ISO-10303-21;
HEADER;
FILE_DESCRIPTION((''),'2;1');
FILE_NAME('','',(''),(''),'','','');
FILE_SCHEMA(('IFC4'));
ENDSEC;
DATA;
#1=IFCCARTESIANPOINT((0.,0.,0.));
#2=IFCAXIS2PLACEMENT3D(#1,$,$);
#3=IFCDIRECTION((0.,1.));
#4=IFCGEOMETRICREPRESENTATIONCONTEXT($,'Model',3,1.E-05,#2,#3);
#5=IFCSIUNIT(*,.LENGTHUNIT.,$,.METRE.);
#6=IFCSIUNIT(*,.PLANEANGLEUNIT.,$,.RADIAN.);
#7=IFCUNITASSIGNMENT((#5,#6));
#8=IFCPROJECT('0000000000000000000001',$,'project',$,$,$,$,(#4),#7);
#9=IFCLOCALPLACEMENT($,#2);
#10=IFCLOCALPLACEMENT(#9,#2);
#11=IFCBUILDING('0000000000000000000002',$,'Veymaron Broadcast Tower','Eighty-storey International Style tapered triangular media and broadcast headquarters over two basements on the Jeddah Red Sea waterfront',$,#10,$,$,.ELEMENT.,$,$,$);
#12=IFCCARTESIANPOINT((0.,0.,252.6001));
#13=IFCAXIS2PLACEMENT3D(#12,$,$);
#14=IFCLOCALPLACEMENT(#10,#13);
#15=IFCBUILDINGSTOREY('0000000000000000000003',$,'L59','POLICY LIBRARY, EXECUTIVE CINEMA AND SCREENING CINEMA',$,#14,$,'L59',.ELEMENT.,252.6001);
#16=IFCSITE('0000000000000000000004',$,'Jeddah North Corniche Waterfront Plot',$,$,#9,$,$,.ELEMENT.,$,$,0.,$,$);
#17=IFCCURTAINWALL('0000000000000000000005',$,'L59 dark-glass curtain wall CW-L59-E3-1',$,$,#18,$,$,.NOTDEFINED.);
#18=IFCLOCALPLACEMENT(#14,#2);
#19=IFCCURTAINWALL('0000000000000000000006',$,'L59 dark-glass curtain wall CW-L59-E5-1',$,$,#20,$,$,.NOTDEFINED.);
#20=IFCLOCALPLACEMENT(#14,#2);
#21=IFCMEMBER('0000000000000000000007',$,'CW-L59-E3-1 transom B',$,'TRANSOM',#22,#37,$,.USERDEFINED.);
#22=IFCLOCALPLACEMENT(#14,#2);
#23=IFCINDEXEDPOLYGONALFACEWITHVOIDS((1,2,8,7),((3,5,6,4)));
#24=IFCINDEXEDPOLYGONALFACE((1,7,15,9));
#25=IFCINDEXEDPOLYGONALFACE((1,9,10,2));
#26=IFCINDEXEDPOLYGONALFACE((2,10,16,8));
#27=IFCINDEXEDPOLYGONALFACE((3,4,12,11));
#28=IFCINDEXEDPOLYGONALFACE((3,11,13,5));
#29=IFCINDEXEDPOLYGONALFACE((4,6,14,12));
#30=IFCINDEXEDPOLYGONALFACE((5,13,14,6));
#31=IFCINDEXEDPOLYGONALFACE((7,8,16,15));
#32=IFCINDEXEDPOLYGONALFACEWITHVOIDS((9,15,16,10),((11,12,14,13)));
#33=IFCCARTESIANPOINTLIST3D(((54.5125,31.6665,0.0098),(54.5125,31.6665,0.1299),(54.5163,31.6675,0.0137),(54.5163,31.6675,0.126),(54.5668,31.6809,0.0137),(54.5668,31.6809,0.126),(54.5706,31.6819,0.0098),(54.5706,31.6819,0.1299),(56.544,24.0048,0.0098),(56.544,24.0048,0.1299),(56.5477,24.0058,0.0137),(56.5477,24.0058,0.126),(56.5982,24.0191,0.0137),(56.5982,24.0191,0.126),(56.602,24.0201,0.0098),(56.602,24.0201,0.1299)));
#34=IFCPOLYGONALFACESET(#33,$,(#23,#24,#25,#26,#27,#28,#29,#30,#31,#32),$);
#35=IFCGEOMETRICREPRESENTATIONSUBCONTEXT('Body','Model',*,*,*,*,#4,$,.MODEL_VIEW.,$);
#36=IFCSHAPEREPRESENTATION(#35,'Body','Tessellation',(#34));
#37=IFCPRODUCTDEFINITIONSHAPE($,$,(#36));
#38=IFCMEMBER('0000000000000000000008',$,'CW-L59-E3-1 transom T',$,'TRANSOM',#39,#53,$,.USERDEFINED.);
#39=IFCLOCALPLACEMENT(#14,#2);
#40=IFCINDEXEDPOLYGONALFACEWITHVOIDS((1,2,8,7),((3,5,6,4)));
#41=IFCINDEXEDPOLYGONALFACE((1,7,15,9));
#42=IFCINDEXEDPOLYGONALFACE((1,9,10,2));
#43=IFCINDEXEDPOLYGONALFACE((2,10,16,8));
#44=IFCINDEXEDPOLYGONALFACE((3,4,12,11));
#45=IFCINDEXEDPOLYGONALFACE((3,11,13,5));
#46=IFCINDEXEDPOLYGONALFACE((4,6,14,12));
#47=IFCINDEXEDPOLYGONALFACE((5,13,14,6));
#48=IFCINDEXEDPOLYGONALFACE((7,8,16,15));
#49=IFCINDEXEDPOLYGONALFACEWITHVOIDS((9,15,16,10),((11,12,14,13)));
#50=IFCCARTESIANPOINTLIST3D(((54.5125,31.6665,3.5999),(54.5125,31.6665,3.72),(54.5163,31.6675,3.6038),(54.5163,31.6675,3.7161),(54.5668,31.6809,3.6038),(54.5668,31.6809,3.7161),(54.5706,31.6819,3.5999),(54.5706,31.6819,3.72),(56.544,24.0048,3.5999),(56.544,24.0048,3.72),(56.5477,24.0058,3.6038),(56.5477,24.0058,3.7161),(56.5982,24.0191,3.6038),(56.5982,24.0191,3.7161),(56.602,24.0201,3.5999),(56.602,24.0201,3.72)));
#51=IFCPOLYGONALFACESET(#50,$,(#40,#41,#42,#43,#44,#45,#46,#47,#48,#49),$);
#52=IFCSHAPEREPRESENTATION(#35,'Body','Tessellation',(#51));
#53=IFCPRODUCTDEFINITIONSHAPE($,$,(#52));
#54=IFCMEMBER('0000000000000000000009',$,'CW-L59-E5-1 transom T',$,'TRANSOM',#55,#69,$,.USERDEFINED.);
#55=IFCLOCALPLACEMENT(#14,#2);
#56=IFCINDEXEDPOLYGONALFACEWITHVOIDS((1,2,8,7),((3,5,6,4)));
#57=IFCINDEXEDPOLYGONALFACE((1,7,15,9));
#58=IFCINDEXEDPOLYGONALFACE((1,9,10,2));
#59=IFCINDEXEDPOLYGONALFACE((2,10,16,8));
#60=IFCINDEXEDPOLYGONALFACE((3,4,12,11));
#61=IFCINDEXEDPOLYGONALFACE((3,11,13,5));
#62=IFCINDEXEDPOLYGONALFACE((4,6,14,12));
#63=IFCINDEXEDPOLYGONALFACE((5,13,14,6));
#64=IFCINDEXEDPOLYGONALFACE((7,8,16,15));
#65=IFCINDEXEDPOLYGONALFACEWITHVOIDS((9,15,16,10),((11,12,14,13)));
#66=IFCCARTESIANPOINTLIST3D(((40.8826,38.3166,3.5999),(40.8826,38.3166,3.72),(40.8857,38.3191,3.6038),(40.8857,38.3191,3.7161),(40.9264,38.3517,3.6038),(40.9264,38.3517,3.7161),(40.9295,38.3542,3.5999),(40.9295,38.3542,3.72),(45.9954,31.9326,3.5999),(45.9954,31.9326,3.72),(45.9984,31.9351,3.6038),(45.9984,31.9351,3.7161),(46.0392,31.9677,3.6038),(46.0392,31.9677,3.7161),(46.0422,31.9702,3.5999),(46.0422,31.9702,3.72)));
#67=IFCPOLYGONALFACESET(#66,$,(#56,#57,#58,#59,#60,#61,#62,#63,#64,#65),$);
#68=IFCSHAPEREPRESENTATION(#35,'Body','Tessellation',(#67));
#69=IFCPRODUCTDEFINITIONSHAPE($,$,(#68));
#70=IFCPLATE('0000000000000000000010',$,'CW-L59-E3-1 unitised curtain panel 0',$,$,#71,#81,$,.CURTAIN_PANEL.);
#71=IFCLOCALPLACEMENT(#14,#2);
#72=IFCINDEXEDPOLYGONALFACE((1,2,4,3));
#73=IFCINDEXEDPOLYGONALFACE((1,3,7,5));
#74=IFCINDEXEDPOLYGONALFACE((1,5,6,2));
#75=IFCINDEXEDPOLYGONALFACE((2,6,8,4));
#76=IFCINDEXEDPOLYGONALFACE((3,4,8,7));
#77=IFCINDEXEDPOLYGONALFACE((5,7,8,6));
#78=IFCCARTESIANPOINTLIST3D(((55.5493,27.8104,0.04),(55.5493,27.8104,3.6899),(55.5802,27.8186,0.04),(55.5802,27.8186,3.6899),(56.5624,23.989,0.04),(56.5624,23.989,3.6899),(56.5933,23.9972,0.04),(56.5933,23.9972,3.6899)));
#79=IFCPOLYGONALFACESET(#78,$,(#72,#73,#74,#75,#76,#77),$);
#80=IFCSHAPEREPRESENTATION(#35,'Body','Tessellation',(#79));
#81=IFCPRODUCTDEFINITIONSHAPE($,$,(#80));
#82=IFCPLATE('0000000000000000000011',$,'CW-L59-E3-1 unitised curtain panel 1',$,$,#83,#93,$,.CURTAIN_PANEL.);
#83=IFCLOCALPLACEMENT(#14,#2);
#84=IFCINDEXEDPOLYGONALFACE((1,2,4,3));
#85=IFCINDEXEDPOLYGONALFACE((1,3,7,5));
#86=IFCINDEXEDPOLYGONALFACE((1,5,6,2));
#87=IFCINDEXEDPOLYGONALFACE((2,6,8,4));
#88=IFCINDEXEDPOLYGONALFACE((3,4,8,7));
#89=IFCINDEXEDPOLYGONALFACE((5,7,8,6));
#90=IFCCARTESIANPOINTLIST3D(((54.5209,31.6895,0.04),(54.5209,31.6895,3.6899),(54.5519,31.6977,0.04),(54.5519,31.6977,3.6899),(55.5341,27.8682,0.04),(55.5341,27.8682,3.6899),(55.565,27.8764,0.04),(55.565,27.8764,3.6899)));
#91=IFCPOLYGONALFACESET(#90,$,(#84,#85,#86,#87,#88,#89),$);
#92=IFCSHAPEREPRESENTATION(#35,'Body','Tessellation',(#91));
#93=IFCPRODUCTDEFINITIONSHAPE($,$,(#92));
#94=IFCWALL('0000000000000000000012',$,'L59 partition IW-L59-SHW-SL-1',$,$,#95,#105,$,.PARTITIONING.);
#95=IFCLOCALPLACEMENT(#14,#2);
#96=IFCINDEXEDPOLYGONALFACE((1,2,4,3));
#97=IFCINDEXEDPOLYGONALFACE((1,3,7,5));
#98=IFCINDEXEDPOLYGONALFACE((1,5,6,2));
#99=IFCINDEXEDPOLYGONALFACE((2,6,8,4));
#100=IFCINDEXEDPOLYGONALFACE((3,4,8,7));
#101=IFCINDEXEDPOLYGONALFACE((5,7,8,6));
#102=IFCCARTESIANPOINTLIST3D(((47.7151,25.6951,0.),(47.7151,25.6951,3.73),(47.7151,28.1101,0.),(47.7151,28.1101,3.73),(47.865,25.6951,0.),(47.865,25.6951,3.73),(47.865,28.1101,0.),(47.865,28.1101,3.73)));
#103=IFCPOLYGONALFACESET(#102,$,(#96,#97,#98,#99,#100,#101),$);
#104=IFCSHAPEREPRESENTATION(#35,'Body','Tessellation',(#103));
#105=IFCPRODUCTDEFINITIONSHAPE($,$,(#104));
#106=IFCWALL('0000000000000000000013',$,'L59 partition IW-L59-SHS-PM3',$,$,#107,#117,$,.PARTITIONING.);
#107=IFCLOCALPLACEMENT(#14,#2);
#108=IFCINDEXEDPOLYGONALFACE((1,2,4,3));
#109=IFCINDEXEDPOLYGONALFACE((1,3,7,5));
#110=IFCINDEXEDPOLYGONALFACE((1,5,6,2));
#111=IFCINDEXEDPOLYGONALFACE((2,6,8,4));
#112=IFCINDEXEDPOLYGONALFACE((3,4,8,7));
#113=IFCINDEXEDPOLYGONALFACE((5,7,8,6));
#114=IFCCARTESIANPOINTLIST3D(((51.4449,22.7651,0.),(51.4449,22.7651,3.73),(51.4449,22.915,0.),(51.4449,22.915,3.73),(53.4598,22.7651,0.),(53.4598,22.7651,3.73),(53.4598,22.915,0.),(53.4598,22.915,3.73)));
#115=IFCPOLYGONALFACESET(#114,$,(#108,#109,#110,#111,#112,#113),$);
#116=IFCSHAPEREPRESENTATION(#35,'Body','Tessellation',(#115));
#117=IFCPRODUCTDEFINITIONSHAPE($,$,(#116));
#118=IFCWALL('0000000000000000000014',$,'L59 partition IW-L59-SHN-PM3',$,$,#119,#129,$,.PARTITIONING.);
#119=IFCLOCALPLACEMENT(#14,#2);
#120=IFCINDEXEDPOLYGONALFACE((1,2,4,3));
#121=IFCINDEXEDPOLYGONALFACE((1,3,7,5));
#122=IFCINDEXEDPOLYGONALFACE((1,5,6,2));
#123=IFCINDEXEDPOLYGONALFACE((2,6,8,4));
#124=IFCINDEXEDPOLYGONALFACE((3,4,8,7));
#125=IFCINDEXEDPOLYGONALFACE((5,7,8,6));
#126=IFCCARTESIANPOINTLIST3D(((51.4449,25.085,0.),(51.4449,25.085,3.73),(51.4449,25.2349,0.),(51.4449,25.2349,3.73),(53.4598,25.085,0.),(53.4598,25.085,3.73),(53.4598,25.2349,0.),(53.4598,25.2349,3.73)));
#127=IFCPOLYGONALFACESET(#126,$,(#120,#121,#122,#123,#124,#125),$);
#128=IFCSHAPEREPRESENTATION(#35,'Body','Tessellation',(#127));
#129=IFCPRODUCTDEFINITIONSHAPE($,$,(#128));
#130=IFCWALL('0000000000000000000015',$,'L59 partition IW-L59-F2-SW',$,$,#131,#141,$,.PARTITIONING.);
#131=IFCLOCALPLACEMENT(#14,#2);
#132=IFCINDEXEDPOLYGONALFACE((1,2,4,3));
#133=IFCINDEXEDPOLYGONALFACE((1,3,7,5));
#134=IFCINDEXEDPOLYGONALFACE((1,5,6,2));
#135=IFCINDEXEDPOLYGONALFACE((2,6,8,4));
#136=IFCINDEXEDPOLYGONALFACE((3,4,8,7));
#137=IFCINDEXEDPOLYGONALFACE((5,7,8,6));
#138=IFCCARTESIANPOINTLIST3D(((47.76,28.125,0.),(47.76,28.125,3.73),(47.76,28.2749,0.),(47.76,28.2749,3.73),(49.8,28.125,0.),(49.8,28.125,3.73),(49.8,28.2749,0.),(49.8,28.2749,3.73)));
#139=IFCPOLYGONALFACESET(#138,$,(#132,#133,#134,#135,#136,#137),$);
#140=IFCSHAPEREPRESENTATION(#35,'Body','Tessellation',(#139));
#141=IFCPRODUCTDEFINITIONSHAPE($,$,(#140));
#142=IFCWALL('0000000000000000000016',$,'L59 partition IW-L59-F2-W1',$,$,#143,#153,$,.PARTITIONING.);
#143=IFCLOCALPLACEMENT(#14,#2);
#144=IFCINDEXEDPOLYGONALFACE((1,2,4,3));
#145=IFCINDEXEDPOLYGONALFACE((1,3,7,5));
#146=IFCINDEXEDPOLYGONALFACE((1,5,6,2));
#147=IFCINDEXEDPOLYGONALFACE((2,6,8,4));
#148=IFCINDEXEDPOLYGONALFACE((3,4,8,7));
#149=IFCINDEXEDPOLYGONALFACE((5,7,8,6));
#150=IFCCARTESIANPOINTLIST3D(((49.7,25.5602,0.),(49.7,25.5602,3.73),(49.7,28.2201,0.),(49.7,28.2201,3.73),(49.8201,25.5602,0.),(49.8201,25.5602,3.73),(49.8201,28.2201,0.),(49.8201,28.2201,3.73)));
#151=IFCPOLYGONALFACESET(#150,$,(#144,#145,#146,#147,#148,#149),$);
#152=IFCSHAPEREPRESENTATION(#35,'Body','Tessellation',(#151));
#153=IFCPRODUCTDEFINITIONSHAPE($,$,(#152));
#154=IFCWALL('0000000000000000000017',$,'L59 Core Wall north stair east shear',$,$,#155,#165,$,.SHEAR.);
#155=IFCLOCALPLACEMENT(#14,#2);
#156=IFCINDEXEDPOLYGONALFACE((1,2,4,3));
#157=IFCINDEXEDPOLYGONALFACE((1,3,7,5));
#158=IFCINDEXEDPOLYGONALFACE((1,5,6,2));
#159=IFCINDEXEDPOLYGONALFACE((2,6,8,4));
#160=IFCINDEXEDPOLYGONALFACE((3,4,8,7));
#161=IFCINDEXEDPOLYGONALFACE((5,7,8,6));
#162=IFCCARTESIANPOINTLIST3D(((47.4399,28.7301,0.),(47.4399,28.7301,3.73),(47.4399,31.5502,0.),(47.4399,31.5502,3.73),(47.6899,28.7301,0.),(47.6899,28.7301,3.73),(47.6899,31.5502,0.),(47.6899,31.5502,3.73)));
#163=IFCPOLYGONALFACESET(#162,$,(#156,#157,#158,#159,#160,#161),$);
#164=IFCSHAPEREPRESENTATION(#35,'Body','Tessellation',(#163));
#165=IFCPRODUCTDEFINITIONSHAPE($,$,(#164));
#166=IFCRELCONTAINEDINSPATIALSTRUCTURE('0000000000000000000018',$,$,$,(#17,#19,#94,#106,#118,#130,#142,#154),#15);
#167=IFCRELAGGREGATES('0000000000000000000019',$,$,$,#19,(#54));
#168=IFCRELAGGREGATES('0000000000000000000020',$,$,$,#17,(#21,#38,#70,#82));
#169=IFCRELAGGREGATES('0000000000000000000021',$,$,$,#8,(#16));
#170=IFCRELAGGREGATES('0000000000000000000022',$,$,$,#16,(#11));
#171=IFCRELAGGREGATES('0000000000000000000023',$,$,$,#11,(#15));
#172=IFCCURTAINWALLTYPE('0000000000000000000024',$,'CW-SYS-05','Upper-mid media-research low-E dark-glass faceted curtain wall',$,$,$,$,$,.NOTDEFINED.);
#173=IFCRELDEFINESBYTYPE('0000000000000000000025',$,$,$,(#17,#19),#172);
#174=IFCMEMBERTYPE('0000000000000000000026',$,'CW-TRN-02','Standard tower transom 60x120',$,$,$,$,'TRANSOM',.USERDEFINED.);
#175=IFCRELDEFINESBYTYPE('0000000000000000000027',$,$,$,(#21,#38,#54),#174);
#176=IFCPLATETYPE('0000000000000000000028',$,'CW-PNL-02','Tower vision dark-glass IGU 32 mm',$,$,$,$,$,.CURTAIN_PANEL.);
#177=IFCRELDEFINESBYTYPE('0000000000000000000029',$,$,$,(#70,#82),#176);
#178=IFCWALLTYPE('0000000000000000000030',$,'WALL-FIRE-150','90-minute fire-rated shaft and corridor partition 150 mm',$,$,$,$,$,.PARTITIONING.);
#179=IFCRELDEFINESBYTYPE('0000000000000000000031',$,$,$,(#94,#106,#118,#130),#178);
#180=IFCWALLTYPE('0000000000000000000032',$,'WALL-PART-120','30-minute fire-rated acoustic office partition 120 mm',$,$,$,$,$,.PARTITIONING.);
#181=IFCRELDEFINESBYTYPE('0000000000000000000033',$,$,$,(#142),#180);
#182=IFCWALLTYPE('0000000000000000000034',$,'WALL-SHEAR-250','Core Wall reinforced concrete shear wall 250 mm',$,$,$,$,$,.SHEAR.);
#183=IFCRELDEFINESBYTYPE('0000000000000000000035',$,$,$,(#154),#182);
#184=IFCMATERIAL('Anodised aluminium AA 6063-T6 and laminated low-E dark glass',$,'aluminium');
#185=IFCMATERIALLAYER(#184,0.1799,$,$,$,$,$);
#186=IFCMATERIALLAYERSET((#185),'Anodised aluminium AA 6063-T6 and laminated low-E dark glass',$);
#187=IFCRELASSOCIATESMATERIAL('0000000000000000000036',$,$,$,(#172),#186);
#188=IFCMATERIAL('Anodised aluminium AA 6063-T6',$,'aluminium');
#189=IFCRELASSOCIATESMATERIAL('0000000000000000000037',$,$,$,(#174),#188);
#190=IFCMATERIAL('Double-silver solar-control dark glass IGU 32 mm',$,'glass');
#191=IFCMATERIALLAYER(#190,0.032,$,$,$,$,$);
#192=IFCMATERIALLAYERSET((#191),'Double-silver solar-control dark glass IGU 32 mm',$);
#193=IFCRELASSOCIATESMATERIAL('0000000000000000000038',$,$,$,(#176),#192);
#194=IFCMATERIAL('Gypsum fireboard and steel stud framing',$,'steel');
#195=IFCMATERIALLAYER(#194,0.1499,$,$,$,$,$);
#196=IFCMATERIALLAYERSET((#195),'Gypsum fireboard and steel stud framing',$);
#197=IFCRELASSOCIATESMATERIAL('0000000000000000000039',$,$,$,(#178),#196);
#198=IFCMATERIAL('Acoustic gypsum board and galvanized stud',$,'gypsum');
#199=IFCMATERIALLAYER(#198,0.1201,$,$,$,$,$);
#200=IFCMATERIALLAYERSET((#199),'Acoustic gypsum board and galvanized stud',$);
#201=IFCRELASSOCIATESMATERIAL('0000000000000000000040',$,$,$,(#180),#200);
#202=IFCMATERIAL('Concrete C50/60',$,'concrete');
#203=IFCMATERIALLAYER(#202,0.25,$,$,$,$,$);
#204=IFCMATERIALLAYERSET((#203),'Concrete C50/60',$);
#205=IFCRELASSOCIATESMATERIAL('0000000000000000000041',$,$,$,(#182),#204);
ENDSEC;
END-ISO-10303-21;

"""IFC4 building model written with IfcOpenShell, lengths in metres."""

from ifc_helpers import new_model, si_unit, direction, frame, frame_2d, origin, origin_2d, place, context, subcontext, project, spatial, rectangle, hollow_rectangle, extrude, material, layer, layer_set, material_profile, profile_set, type_object, element, aggregate, save


model = new_model("IFC4")

# Units and contexts
model_context = context("Model", 3, precision=1e-05, world=origin(), true_north=direction((0.0, 1.0)))
body_context = subcontext(model_context, "Body", "Model", "MODEL_VIEW")
ifc_project = project(units=[si_unit("LENGTHUNIT", "METRE"), si_unit("PLANEANGLEUNIT", "RADIAN")], contexts=[model_context])

# Site, building, storey
site_placement = place(None, origin())
site = spatial("IfcSite", under=ifc_project, at=site_placement, Name="Jeddah North Corniche Waterfront Plot", CompositionType="ELEMENT", RefElevation=0.0)
building_placement = place(site_placement, origin())
building = spatial("IfcBuilding", under=site, at=building_placement, Name="Veymaron Broadcast Tower", Description="Eighty-storey International Style tapered triangular media and broadcast headquarters over two basements on the Jeddah Red Sea waterfront", CompositionType="ELEMENT")
storey_placement = place(building_placement, frame((0.0, 0.0, 252.6001)))
storey = spatial("IfcBuildingStorey", under=building, at=storey_placement, Name="L59", Description="POLICY LIBRARY, EXECUTIVE CINEMA AND SCREENING CINEMA", LongName="L59", CompositionType="ELEMENT", Elevation=252.6001)

# Shared definitions
ifc_material_1 = material(Name="Anodised aluminium AA 6063-T6 and laminated low-E dark glass", Category="aluminium")
ifc_layer_1 = layer(ifc_material_1, 0.1799)
ifc_layer_set_1 = layer_set([ifc_layer_1], Name="Anodised aluminium AA 6063-T6 and laminated low-E dark glass")
curtain_wall_type = type_object("IfcCurtainWallType", Name="CW-SYS-05", Description="Upper-mid media-research low-E dark-glass faceted curtain wall", PredefinedType="NOTDEFINED", material=ifc_layer_set_1)
ifc_material_2 = material(Name="Anodised aluminium AA 6063-T6", Category="aluminium")

# Curtain wall
curtain_wall_1_placement = place(storey_placement, origin())
curtain_wall_1 = element("IfcCurtainWall", 1, at=curtain_wall_1_placement, inside=storey, type_object=curtain_wall_type, Name="L59 dark-glass curtain wall CW-L59-E3-1", PredefinedType="NOTDEFINED")

# Curtain wall
curtain_wall_2_placement = place(storey_placement, origin())
curtain_wall_2 = element("IfcCurtainWall", 2, at=curtain_wall_2_placement, inside=storey, type_object=curtain_wall_type, Name="L59 dark-glass curtain wall CW-L59-E5-1", PredefinedType="NOTDEFINED")

# Members
ifc_material_profile_1 = material_profile(ifc_material_2, hollow_rectangle(XDim=0.0601, YDim=0.1201, WallThickness=0.0039, at=origin_2d()), Name="AL120X60X4")
ifc_profile_set_1 = profile_set([ifc_material_profile_1], Name="Anodised aluminium AA 6063-T6")
member_type_1 = type_object("IfcMemberType", Name="CW-TRN-02", Description="Standard tower transom 60x120", ElementType="TRANSOM", PredefinedType="USERDEFINED", material=ifc_profile_set_1)
member_1_placement = place(storey_placement, frame((56.573, 24.0125, 0.0698), z_axis=(-0.256288, 0.9666, 0.0), x_axis=(-0.9666, -0.256288, 0.0)))
member_1 = element("IfcMember", 3, at=member_1_placement, type_object=member_type_1, Name="CW-L59-E3-1 transom B", ObjectType="TRANSOM", PredefinedType="USERDEFINED", context=body_context, shape_type="SweptSolid", body=[
    extrude(hollow_rectangle(XDim=0.0601, YDim=0.1201, WallThickness=0.0039, at=origin_2d()), origin(), (0.0, 0.0, 1.0), 7.9265),
])
member_2_placement = place(storey_placement, frame((56.573, 24.0125, 3.6599), z_axis=(-0.256288, 0.9666, 0.0), x_axis=(-0.9666, -0.256288, 0.0)))
member_2 = element("IfcMember", 4, at=member_2_placement, type_object=member_type_1, Name="CW-L59-E3-1 transom T", ObjectType="TRANSOM", PredefinedType="USERDEFINED", context=body_context, shape_type="SweptSolid", body=[
    extrude(hollow_rectangle(XDim=0.0601, YDim=0.1201, WallThickness=0.0039, at=origin_2d()), origin(), (0.0, 0.0, 1.0), 7.9265),
])
member_3_placement = place(storey_placement, frame((46.0188, 31.9514, 3.6599), z_axis=(-0.62511, 0.780537, 0.0), x_axis=(-0.780537, -0.62511, 0.0)))
member_3 = element("IfcMember", 5, at=member_3_placement, type_object=member_type_1, Name="CW-L59-E5-1 transom T", ObjectType="TRANSOM", PredefinedType="USERDEFINED", context=body_context, shape_type="SweptSolid", body=[
    extrude(hollow_rectangle(XDim=0.0601, YDim=0.1201, WallThickness=0.0039, at=origin_2d()), origin(), (0.0, 0.0, 1.0), 8.179),
])
aggregate(curtain_wall_2, [member_3])

# Plates
ifc_material_3 = material(Name="Double-silver solar-control dark glass IGU 32 mm", Category="glass")
ifc_layer_2 = layer(ifc_material_3, 0.032)
ifc_layer_set_2 = layer_set([ifc_layer_2], Name="Double-silver solar-control dark glass IGU 32 mm")
plate_type = type_object("IfcPlateType", Name="CW-PNL-02", Description="Tower vision dark-glass IGU 32 mm", PredefinedType="CURTAIN_PANEL", material=ifc_layer_set_2)
plate_1_placement = place(storey_placement, frame((56.0713, 25.9038, 0.04), z_axis=(0.0, 0.0, 1.0), x_axis=(-0.256273, 0.966605, 0.0)))
plate_1 = element("IfcPlate", 6, at=plate_1_placement, type_object=plate_type, Name="CW-L59-E3-1 unitised curtain panel 0", PredefinedType="CURTAIN_PANEL", context=body_context, shape_type="SweptSolid", body=[
    extrude(rectangle(XDim=3.9534, YDim=0.032, at=origin_2d()), origin(), (0.0, 0.0, 1.0), 3.6499),
])
plate_2_placement = place(storey_placement, frame((55.043, 29.783, 0.04), z_axis=(0.0, 0.0, 1.0), x_axis=(-0.256273, 0.966605, 0.0)))
plate_2 = element("IfcPlate", 7, at=plate_2_placement, type_object=plate_type, Name="CW-L59-E3-1 unitised curtain panel 1", PredefinedType="CURTAIN_PANEL", context=body_context, shape_type="SweptSolid", body=[
    extrude(rectangle(XDim=3.9534, YDim=0.032, at=origin_2d()), origin(), (0.0, 0.0, 1.0), 3.6499),
])
aggregate(curtain_wall_1, [member_1, member_2, plate_1, plate_2])

# Shared definitions
ifc_material_4 = material(Name="Gypsum fireboard and steel stud framing", Category="steel")
ifc_layer_3 = layer(ifc_material_4, 0.1499)
ifc_layer_set_3 = layer_set([ifc_layer_3], Name="Gypsum fireboard and steel stud framing")
wall_type_1 = type_object("IfcWallType", Name="WALL-FIRE-150", Description="90-minute fire-rated shaft and corridor partition 150 mm", PredefinedType="PARTITIONING", material=ifc_layer_set_3)

# Wall
wall_1_placement = place(storey_placement, frame((47.79, 25.6951, 0.0), z_axis=(0.0, 0.0, 1.0), x_axis=(0.0, 1.0, 0.0)))
element("IfcWall", 8, at=wall_1_placement, inside=storey, type_object=wall_type_1, Name="L59 partition IW-L59-SHW-SL-1", PredefinedType="PARTITIONING", context=body_context, shape_type="SweptSolid", body=[
    extrude(rectangle(XDim=2.415, YDim=0.1499, at=frame_2d((1.2075, 0.0))), origin(), (0.0, 0.0, 1.0), 3.73),
])

# Walls
for number, where, z_axis, x_axis, name in (
    (9, (51.4451, 22.8401, 0.0), (0.0, 0.0, 1.0), (1.0, 0.0, 0.0), "L59 partition IW-L59-SHS-PM3"),
    (10, (51.4451, 25.1599, 0.0), (0.0, 0.0, 1.0), (1.0, 0.0, 0.0), "L59 partition IW-L59-SHN-PM3"),
):
    element("IfcWall", number, at=place(storey_placement, frame(where, z_axis=z_axis, x_axis=x_axis)), inside=storey, type_object=wall_type_1, Name=name, PredefinedType="PARTITIONING", context=body_context, shape_type="SweptSolid", body=[
        extrude(rectangle(XDim=2.0149, YDim=0.1499, at=frame_2d((1.0073, 0.0))), origin(), (0.0, 0.0, 1.0), 3.73),
    ])
wall_2_placement = place(storey_placement, frame((47.76, 28.2, 0.0), z_axis=(0.0, 0.0, 1.0), x_axis=(1.0, 0.0, 0.0)))
element("IfcWall", 11, at=wall_2_placement, inside=storey, type_object=wall_type_1, Name="L59 partition IW-L59-F2-SW", PredefinedType="PARTITIONING", context=body_context, shape_type="SweptSolid", body=[
    extrude(rectangle(XDim=2.04, YDim=0.1499, at=frame_2d((1.02, 0.0))), origin(), (0.0, 0.0, 1.0), 3.73),
])
ifc_material_5 = material(Name="Acoustic gypsum board and galvanized stud", Category="gypsum")
ifc_layer_4 = layer(ifc_material_5, 0.1201)
ifc_layer_set_4 = layer_set([ifc_layer_4], Name="Acoustic gypsum board and galvanized stud")
wall_type_2 = type_object("IfcWallType", Name="WALL-PART-120", Description="30-minute fire-rated acoustic office partition 120 mm", PredefinedType="PARTITIONING", material=ifc_layer_set_4)
wall_3_placement = place(storey_placement, frame((49.76, 25.5601, 0.0), z_axis=(0.0, 0.0, 1.0), x_axis=(0.0, 1.0, 0.0)))
element("IfcWall", 12, at=wall_3_placement, inside=storey, type_object=wall_type_2, Name="L59 partition IW-L59-F2-W1", PredefinedType="PARTITIONING", context=body_context, shape_type="SweptSolid", body=[
    extrude(rectangle(XDim=2.6599, YDim=0.1201, at=frame_2d((1.3301, 0.0))), origin(), (0.0, 0.0, 1.0), 3.73),
])

# Wall
ifc_material_6 = material(Name="Concrete C50/60", Category="concrete")
ifc_layer_5 = layer(ifc_material_6, 0.25)
ifc_layer_set_5 = layer_set([ifc_layer_5], Name="Concrete C50/60")
wall_type_3 = type_object("IfcWallType", Name="WALL-SHEAR-250", Description="Core Wall reinforced concrete shear wall 250 mm", PredefinedType="SHEAR", material=ifc_layer_set_5)
wall_4_placement = place(storey_placement, frame((47.5649, 28.73, 0.0), z_axis=(0.0, 0.0, 1.0), x_axis=(0.0, 1.0, 0.0)))
element("IfcWall", 13, at=wall_4_placement, inside=storey, type_object=wall_type_3, Name="L59 Core Wall north stair east shear", PredefinedType="SHEAR", context=body_context, shape_type="SweptSolid", body=[
    extrude(rectangle(XDim=2.8201, YDim=0.25, at=frame_2d((1.4102, 0.0))), origin(), (0.0, 0.0, 1.0), 3.73),
])

save(model, "model.ifc")
